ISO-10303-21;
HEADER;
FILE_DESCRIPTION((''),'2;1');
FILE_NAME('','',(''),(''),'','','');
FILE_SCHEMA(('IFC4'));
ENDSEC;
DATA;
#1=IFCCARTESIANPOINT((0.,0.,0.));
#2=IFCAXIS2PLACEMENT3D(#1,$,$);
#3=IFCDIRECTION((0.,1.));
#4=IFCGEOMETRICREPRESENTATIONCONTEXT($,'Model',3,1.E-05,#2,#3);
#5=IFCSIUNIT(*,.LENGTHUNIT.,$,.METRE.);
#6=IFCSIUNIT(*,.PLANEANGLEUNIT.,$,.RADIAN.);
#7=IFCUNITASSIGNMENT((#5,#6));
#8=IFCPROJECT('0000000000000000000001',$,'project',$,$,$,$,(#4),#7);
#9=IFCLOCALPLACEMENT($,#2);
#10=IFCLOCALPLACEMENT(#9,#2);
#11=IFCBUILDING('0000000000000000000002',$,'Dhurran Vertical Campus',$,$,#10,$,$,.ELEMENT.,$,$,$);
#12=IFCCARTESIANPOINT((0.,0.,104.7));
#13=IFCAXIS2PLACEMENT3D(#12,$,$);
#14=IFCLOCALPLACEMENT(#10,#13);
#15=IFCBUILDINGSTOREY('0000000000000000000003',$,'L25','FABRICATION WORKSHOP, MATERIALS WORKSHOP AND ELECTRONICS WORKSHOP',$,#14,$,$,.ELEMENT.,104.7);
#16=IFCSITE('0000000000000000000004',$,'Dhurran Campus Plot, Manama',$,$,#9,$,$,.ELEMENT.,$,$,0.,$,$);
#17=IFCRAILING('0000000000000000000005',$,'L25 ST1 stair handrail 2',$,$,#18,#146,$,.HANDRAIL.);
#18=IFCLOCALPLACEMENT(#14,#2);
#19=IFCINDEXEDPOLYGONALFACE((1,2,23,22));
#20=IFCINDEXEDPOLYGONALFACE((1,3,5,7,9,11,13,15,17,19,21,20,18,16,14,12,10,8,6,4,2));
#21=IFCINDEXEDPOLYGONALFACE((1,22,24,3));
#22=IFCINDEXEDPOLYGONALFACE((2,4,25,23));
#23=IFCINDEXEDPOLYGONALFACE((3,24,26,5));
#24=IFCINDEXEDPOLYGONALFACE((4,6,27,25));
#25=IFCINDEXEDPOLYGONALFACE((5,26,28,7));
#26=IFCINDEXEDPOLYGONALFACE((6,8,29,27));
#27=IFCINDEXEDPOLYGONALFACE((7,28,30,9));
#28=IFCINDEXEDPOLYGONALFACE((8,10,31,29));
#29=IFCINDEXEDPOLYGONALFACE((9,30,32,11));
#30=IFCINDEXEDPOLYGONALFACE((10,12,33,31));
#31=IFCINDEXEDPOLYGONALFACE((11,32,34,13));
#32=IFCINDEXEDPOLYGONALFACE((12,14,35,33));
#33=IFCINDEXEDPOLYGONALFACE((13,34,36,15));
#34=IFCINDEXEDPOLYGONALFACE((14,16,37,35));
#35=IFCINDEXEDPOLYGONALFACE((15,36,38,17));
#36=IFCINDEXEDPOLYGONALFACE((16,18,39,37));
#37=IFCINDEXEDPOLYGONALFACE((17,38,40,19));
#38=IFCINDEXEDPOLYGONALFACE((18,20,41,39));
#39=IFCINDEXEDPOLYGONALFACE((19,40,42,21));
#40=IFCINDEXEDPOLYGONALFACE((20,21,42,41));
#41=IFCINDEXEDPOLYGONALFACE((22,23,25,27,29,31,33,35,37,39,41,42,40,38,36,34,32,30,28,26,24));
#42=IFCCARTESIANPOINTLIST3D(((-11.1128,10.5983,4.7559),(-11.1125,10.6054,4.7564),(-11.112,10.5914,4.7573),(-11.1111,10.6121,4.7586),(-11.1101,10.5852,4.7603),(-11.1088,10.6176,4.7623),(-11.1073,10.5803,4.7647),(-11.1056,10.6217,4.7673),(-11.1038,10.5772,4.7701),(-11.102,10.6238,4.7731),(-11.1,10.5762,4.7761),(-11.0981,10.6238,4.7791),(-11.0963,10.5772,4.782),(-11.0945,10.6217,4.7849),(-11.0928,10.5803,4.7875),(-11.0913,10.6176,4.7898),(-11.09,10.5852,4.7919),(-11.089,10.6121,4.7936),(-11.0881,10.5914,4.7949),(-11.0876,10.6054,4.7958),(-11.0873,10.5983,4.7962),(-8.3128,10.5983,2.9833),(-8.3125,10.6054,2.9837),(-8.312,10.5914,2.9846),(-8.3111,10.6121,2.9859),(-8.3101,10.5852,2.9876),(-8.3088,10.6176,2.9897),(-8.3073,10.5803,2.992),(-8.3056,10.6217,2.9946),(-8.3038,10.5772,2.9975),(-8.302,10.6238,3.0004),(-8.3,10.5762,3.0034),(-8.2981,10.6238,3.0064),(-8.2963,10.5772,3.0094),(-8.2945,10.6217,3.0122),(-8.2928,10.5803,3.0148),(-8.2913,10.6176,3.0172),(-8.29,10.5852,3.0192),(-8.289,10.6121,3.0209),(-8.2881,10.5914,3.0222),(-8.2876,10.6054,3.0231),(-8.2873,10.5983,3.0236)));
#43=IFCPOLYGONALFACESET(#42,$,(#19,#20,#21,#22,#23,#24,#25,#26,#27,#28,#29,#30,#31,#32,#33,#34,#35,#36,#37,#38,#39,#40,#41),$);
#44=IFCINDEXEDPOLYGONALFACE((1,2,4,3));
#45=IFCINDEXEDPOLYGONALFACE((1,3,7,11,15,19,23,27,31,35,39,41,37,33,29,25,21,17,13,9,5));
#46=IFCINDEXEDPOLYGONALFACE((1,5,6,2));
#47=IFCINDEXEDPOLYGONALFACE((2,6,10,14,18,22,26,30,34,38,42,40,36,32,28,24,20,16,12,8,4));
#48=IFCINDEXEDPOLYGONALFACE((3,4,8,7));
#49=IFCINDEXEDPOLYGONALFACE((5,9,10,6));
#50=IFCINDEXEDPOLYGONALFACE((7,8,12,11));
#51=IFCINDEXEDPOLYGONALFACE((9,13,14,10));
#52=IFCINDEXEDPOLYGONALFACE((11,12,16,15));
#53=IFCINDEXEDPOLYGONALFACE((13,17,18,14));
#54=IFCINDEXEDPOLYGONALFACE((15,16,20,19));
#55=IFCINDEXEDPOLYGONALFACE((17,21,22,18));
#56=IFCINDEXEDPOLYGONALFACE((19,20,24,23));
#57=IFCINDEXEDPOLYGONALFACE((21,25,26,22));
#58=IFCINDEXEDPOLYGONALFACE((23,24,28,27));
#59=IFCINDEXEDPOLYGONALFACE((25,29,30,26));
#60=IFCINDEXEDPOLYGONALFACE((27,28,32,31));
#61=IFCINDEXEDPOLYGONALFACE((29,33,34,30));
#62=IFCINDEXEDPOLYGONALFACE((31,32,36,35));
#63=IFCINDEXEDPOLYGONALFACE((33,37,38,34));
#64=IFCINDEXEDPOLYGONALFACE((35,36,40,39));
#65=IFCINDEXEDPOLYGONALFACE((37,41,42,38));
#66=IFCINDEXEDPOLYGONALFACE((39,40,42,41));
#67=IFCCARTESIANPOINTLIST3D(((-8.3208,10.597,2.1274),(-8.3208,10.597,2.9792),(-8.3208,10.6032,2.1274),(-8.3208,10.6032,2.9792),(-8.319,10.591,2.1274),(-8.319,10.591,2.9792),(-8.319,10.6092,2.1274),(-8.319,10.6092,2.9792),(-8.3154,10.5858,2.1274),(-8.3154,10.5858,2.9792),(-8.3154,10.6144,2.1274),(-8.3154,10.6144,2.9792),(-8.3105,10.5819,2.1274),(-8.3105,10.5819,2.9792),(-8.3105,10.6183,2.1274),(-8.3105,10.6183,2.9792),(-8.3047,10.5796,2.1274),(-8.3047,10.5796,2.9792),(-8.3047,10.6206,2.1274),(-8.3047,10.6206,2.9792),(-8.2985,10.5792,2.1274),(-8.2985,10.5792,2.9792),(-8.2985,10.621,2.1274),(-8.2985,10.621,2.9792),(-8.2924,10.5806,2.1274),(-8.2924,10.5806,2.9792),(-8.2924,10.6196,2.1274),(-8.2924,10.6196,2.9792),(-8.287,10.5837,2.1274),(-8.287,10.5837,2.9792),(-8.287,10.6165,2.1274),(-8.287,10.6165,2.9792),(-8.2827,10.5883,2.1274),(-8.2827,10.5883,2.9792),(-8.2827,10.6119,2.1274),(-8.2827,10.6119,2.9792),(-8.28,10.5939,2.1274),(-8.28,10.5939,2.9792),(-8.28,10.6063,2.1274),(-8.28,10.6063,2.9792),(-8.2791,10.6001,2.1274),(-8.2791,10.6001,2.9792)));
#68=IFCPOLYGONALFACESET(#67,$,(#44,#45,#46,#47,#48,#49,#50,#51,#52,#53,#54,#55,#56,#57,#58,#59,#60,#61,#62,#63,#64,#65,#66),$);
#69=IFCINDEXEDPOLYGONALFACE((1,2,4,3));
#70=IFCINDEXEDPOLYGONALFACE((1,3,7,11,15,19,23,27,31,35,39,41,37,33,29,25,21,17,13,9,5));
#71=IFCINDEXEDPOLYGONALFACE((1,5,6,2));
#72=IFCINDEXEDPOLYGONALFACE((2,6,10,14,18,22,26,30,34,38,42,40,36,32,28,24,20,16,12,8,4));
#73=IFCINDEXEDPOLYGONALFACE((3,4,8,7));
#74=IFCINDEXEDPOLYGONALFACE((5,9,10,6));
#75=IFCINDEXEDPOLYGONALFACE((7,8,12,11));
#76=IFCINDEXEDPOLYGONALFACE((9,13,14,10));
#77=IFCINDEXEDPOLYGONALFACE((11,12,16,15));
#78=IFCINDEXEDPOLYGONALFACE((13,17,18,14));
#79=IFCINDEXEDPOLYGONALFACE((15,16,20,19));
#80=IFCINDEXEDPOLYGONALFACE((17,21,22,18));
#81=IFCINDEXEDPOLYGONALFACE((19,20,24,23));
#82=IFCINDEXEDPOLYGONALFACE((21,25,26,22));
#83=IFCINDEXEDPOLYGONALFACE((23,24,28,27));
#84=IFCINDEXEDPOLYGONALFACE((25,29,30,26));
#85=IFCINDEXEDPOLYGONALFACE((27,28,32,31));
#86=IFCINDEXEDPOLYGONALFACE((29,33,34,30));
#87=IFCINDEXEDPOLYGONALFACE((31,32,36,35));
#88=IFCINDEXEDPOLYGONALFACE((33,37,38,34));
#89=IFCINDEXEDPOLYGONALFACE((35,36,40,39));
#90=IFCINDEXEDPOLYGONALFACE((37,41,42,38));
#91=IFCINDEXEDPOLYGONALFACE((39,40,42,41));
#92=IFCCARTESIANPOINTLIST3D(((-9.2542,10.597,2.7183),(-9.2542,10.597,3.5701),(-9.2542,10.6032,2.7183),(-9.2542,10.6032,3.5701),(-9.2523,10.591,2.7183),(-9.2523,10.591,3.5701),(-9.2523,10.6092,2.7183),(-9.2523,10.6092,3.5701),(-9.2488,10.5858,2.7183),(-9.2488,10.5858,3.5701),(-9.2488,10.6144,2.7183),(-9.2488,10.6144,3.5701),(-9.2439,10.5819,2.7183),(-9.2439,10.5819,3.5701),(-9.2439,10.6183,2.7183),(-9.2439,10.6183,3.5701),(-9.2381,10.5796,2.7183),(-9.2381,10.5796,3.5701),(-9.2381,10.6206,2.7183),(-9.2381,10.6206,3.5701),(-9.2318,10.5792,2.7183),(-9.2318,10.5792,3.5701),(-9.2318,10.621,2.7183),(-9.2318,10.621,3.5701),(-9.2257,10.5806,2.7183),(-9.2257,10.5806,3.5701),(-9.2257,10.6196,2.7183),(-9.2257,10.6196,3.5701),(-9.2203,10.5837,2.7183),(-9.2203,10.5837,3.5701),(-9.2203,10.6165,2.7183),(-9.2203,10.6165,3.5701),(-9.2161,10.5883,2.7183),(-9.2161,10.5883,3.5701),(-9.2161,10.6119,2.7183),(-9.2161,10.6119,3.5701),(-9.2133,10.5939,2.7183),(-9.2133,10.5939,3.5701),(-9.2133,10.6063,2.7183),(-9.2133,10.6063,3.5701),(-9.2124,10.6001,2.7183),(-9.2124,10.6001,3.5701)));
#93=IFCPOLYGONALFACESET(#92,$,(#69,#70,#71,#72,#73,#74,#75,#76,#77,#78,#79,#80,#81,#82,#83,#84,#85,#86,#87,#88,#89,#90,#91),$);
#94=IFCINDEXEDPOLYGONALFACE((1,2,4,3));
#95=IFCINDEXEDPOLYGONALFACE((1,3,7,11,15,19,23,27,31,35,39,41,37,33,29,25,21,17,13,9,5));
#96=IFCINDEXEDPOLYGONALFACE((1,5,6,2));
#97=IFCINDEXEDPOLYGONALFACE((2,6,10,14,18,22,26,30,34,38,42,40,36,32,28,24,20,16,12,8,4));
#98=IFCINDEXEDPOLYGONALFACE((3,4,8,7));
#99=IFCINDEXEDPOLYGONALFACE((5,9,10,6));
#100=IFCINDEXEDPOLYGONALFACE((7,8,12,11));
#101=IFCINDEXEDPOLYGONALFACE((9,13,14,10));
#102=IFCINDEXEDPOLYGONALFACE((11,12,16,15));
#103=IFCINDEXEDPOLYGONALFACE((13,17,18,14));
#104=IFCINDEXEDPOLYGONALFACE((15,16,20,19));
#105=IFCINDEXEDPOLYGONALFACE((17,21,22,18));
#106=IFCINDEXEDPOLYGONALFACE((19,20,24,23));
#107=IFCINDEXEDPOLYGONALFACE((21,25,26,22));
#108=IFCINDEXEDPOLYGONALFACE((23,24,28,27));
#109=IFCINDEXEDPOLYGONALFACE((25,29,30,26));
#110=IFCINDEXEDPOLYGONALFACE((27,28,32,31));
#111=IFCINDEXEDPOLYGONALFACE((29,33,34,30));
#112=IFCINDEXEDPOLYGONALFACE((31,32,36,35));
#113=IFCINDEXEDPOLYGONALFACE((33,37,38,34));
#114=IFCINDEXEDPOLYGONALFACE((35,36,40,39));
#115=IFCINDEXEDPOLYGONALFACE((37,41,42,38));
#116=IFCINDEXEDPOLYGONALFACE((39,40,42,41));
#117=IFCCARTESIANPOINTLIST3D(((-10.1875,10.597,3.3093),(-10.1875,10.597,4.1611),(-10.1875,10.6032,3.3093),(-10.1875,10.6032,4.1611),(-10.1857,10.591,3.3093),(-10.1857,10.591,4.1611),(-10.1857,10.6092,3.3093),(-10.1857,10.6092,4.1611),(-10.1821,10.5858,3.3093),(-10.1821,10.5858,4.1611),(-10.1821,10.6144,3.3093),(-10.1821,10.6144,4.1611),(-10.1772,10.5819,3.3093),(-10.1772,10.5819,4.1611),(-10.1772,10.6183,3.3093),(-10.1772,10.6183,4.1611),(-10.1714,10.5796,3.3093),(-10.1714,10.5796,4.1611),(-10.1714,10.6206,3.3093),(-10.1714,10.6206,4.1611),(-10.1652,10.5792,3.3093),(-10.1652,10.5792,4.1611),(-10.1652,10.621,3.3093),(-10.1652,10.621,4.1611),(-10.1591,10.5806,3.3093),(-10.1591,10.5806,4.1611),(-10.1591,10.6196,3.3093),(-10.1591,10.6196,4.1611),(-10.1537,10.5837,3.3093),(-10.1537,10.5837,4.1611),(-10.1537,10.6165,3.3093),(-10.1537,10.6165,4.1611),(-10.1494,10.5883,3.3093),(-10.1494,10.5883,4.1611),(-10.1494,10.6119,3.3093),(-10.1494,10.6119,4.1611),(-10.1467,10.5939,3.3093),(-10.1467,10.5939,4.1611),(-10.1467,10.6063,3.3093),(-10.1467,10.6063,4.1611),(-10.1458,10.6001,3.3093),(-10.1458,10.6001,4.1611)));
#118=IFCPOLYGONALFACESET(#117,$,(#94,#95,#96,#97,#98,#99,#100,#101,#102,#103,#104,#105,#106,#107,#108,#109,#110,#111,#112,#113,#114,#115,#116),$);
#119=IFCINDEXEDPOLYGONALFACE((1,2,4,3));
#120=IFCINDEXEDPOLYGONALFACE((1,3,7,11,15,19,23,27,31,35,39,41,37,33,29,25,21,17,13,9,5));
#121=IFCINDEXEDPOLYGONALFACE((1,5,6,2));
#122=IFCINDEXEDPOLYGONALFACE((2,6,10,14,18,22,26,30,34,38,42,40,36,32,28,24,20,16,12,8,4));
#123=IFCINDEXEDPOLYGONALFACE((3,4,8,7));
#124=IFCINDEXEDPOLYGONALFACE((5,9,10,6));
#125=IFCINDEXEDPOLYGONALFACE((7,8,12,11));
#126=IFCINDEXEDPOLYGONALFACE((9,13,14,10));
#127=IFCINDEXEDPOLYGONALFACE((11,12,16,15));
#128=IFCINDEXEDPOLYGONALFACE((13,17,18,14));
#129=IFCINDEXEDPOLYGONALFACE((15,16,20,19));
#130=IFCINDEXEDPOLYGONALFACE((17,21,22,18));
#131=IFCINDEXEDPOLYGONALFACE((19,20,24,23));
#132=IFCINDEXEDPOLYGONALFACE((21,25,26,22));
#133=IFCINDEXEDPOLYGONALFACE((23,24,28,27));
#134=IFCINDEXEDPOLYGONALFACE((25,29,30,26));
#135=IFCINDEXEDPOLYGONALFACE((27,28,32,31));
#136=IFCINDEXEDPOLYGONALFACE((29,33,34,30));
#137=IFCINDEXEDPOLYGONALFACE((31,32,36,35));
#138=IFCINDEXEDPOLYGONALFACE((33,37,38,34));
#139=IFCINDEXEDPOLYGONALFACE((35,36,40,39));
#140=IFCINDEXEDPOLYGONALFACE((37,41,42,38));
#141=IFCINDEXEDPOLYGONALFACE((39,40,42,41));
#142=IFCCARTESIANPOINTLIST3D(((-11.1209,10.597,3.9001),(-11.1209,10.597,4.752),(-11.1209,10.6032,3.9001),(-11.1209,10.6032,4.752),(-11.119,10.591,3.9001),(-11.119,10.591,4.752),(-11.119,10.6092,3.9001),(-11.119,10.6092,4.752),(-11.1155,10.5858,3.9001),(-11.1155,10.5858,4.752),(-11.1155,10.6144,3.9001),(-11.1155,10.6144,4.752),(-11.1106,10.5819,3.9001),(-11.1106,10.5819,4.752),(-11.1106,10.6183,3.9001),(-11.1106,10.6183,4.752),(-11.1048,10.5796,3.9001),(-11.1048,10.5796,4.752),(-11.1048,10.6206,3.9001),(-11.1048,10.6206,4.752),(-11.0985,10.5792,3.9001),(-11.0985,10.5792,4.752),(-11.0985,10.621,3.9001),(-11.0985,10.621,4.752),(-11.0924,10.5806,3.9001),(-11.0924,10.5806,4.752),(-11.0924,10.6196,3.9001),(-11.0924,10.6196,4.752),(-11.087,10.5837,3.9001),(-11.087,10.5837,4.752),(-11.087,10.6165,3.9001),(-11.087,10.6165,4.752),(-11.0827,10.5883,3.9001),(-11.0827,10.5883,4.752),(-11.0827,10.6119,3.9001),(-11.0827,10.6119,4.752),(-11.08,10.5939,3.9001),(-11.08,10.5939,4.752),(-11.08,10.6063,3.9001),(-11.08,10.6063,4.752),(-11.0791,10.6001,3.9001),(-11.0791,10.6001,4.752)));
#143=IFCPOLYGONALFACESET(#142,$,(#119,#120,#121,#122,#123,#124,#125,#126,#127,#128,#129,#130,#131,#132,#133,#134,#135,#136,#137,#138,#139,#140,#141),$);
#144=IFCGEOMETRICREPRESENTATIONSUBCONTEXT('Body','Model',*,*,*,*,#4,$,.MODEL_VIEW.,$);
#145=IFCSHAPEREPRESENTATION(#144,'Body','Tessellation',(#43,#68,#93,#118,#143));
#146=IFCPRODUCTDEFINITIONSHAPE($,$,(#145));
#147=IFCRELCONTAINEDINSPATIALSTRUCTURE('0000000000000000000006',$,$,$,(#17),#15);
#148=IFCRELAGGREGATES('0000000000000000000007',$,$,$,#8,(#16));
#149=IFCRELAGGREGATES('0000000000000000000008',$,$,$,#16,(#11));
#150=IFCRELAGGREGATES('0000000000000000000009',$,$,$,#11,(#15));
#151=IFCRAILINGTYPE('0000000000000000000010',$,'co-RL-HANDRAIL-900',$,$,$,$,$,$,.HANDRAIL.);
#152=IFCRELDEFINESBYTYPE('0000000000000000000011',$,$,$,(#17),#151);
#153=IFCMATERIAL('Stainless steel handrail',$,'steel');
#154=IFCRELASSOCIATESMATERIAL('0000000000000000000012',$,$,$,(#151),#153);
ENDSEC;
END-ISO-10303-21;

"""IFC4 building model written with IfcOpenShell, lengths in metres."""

from ifc_helpers import new_model, si_unit, direction, frame, origin, origin_2d, place, context, subcontext, project, spatial, circle, extrude, material, type_object, element, save


model = new_model("IFC4")

# Units and contexts
model_context = context("Model", 3, precision=1e-05, world=origin(), true_north=direction((0.0, 1.0)))
body_context = subcontext(model_context, "Body", "Model", "MODEL_VIEW")
ifc_project = project(units=[si_unit("LENGTHUNIT", "METRE"), si_unit("PLANEANGLEUNIT", "RADIAN")], contexts=[model_context])

# Site, building, storey
site_placement = place(None, origin())
site = spatial("IfcSite", under=ifc_project, at=site_placement, Name="Dhurran Campus Plot, Manama", CompositionType="ELEMENT", RefElevation=0.0)
building_placement = place(site_placement, origin())
building = spatial("IfcBuilding", under=site, at=building_placement, Name="Dhurran Vertical Campus", CompositionType="ELEMENT")
storey_placement = place(building_placement, frame((0.0, 0.0, 104.7)))
storey = spatial("IfcBuildingStorey", under=building, at=storey_placement, Name="L25", Description="FABRICATION WORKSHOP, MATERIALS WORKSHOP AND ELECTRONICS WORKSHOP", CompositionType="ELEMENT", Elevation=104.7)

# Railing
ifc_material_1 = material(Name="Stainless steel handrail", Category="steel")
railing_type = type_object("IfcRailingType", Name="co-RL-HANDRAIL-900", PredefinedType="HANDRAIL", material=ifc_material_1)
railing_placement = place(storey_placement, frame((-8.3, 10.6001, 2.1274)))
element("IfcRailing", 1, at=railing_placement, inside=storey, type_object=railing_type, Name="L25 ST1 stair handrail 2", PredefinedType="HANDRAIL", context=body_context, shape_type="SweptSolid", body=[
    extrude(circle(Radius=0.0239, at=origin_2d()), frame((0.0, 0.0, 0.876), z_axis=(-0.844909, 0.0, 0.53491), x_axis=(0.0, -1.0, 0.0)), (0.0, 0.0, 1.0), 3.314),
    extrude(circle(Radius=0.021, at=origin_2d()), origin(), (0.0, 0.0, 1.0), 0.8518),
    extrude(circle(Radius=0.021, at=origin_2d()), frame((-0.9333, 0.0, 0.5908)), (0.0, 0.0, 1.0), 0.8518),
    extrude(circle(Radius=0.021, at=origin_2d()), frame((-1.8667, 0.0, 1.1819)), (0.0, 0.0, 1.0), 0.8518),
    extrude(circle(Radius=0.021, at=origin_2d()), frame((-2.8, 0.0, 1.7727)), (0.0, 0.0, 1.0), 0.8518),
])

save(model, "model.ifc")
